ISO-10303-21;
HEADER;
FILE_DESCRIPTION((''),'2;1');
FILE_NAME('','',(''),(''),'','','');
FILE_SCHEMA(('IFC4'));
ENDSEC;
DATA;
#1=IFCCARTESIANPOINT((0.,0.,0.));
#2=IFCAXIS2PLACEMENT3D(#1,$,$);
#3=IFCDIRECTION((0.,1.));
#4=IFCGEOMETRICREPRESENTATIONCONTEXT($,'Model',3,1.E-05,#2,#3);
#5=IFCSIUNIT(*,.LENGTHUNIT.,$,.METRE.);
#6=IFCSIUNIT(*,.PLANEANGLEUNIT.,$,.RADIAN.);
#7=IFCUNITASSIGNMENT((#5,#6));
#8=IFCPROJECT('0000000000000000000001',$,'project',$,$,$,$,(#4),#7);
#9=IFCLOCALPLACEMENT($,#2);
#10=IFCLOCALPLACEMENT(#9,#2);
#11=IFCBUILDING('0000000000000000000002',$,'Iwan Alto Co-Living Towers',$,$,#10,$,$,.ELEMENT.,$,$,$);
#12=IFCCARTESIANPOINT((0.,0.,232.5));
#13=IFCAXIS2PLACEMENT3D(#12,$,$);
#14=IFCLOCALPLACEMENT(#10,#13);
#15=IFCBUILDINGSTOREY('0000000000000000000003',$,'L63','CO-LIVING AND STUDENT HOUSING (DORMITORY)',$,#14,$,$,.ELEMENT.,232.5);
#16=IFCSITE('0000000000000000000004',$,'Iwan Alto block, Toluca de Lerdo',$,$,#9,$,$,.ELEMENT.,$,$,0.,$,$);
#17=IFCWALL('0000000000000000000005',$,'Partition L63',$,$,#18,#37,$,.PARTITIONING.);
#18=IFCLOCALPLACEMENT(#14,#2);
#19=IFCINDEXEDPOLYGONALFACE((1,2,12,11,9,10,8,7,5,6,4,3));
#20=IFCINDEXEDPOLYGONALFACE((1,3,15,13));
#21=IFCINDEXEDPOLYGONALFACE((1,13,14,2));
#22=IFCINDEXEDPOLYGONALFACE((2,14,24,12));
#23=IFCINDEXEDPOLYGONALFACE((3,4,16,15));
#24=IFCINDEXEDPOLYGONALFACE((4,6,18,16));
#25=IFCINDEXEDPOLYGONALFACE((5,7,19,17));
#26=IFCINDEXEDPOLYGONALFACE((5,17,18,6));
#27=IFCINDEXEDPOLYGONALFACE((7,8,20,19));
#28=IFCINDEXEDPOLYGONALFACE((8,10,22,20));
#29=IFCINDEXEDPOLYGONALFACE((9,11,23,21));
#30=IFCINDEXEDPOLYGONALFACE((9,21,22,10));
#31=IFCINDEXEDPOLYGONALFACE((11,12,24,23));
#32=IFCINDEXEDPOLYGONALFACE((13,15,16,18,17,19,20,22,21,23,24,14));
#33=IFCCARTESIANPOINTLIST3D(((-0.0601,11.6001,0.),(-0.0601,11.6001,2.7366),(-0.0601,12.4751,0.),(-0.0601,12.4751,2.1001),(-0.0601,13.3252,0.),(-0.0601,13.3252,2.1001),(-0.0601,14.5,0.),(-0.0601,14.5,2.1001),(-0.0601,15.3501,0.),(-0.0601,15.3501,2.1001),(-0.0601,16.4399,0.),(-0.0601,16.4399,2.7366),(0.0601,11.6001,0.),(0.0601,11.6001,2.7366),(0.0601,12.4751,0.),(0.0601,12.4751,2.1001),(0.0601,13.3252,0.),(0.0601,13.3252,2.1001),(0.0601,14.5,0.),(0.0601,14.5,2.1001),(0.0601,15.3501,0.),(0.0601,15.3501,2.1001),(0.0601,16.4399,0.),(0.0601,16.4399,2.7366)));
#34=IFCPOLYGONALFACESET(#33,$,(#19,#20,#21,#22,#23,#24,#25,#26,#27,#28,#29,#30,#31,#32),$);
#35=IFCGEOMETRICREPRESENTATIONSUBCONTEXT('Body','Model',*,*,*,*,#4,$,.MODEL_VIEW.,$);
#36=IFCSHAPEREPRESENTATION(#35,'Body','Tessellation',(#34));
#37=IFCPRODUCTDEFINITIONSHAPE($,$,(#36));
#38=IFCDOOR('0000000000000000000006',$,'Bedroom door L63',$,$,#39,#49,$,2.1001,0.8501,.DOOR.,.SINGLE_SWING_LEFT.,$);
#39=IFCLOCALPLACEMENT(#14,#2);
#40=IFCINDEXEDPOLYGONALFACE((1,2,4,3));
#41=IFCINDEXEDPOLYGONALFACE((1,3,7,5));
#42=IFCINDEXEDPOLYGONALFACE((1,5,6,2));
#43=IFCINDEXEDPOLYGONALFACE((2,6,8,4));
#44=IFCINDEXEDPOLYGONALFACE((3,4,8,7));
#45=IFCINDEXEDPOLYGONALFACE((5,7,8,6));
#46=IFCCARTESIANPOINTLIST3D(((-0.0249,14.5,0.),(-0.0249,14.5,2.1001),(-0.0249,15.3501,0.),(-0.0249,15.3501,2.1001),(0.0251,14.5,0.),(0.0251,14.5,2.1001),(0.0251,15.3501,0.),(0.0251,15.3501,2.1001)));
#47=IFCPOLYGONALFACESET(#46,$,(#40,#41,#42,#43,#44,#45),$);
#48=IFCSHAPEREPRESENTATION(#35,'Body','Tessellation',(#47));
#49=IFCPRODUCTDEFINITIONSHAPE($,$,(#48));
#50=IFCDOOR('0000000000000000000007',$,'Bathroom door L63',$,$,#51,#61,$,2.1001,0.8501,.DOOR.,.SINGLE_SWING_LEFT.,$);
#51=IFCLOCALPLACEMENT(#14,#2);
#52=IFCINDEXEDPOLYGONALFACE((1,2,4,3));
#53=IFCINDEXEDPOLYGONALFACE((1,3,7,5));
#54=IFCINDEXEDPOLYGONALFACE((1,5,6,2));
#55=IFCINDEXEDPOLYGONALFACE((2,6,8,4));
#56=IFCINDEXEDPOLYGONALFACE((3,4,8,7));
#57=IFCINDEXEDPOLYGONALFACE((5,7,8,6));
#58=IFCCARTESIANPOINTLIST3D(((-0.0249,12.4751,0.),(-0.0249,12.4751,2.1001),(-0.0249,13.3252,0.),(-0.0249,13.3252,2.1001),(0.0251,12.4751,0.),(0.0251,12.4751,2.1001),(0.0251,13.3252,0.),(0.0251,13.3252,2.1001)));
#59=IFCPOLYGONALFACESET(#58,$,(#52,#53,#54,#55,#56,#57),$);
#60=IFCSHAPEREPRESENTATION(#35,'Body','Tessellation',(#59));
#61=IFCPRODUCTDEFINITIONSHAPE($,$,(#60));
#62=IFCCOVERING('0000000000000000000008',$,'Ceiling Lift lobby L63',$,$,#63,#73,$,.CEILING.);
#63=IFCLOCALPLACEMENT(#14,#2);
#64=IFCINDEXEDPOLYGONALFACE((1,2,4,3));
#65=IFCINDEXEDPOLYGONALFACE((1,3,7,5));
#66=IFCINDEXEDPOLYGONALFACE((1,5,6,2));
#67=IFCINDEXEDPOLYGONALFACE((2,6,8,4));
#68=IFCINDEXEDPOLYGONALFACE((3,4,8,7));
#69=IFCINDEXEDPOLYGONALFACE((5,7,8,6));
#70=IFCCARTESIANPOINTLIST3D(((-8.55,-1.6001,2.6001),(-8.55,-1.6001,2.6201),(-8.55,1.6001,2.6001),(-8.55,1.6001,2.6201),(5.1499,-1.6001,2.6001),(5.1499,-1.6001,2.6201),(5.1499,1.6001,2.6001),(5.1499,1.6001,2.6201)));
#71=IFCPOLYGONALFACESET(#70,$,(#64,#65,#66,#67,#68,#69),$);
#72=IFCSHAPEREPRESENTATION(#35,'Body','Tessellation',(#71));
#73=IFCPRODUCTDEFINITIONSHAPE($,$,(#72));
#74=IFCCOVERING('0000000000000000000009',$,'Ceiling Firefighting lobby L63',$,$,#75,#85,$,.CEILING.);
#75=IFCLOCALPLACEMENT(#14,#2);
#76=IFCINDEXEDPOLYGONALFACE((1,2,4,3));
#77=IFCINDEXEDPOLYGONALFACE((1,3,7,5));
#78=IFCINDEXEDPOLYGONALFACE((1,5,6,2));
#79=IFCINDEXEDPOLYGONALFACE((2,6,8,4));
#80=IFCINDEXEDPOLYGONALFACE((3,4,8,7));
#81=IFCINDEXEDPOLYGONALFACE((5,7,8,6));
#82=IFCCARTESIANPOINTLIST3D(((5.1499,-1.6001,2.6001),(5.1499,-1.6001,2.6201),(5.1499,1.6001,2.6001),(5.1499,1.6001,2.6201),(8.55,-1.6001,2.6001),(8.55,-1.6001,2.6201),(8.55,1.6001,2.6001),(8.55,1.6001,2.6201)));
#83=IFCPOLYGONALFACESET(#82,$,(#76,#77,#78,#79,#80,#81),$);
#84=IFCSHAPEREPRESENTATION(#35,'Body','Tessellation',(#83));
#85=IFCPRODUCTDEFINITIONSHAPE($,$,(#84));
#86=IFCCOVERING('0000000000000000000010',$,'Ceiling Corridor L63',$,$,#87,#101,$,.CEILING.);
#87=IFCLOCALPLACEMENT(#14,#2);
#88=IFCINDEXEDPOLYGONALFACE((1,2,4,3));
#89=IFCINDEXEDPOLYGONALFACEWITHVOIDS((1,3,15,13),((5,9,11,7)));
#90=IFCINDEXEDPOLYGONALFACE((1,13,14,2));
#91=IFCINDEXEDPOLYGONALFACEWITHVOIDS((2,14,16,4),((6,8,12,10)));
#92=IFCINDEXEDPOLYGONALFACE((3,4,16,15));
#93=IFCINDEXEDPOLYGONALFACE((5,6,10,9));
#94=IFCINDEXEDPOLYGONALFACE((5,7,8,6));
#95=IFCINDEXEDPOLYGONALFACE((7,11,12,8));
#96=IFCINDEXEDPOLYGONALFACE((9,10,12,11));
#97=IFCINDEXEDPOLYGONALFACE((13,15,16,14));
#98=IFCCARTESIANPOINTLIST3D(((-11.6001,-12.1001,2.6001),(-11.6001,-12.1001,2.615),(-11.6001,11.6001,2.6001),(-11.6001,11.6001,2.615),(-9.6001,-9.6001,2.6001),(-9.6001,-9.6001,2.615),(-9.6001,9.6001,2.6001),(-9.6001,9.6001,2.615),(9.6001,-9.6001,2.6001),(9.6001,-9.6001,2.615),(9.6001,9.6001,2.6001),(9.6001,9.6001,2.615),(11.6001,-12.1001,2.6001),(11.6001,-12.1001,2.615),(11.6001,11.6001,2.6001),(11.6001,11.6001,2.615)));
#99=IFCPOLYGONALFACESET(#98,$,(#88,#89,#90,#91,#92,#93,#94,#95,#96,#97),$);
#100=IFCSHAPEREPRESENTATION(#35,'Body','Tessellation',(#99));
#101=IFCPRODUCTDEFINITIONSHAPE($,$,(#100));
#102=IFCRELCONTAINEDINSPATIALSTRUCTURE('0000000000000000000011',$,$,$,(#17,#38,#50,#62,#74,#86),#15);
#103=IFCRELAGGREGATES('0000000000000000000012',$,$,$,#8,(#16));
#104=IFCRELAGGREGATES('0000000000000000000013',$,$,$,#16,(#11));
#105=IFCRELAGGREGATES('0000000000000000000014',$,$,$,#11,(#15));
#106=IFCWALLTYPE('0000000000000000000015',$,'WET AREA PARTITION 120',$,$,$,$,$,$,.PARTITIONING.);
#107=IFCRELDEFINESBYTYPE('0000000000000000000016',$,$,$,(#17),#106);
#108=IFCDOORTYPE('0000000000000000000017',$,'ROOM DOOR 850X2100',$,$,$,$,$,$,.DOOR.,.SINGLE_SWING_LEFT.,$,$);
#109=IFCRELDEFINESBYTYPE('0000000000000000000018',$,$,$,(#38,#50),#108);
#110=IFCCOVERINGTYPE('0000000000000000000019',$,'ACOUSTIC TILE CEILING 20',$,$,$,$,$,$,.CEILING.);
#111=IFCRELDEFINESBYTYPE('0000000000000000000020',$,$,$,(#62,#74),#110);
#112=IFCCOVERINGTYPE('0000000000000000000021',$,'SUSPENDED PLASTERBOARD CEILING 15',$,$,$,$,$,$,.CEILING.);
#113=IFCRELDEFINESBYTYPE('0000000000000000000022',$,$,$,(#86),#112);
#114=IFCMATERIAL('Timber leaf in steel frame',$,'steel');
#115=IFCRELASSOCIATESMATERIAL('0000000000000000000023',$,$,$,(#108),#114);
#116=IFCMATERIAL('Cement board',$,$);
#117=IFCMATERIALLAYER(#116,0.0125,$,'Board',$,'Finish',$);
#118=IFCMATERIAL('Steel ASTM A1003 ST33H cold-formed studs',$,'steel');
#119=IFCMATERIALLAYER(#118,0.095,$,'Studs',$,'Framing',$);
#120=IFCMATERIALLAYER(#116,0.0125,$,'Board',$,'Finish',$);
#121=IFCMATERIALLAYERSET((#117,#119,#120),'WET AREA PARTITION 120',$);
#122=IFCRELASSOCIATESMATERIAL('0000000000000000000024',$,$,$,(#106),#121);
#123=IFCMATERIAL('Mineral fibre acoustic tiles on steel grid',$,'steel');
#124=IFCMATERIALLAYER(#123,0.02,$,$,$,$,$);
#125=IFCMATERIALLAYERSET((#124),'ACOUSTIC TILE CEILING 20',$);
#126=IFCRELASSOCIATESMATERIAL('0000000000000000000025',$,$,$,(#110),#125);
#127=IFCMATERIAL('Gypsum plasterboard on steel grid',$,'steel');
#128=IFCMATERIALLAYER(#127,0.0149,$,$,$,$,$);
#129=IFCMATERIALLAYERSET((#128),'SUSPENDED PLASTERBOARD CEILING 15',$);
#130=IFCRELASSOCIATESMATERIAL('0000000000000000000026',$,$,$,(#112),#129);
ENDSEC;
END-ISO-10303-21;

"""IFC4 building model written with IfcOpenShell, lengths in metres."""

from ifc_helpers import new_model, si_unit, direction, frame, frame_2d, origin, place, context, subcontext, project, spatial, polyline, rectangle, outline, extrude, material, layer, layer_set, type_object, element, fill, save


model = new_model("IFC4")

# Units and contexts
model_context = context("Model", 3, precision=1e-05, world=origin(), true_north=direction((0.0, 1.0)))
body_context = subcontext(model_context, "Body", "Model", "MODEL_VIEW")
ifc_project = project(units=[si_unit("LENGTHUNIT", "METRE"), si_unit("PLANEANGLEUNIT", "RADIAN")], contexts=[model_context])

# Site, building, storey
site_placement = place(None, origin())
site = spatial("IfcSite", under=ifc_project, at=site_placement, Name="Iwan Alto block, Toluca de Lerdo", CompositionType="ELEMENT", RefElevation=0.0)
building_placement = place(site_placement, origin())
building = spatial("IfcBuilding", under=site, at=building_placement, Name="Iwan Alto Co-Living Towers", CompositionType="ELEMENT")
storey_placement = place(building_placement, frame((0.0, 0.0, 232.5)))
storey = spatial("IfcBuildingStorey", under=building, at=storey_placement, Name="L63", Description="CO-LIVING AND STUDENT HOUSING (DORMITORY)", CompositionType="ELEMENT", Elevation=232.5)

# Shared definitions
ifc_material_1 = material(Name="Steel ASTM A1003 ST33H cold-formed studs", Category="steel")

# Shared definitions
ifc_material_2 = material(Name="Timber leaf in steel frame", Category="steel")
door_type_1 = type_object("IfcDoorType", Name="ROOM DOOR 850X2100", OperationType="SINGLE_SWING_LEFT", PredefinedType="DOOR", material=ifc_material_2)

# Shared definitions
ifc_material_3 = material(Name="Cement board")
ifc_layer_1 = layer(ifc_material_3, 0.0125, Name="Board", Category="Finish")
ifc_layer_2 = layer(ifc_material_1, 0.095, Name="Studs", Category="Framing")
ifc_layer_3 = layer(ifc_material_3, 0.0125, Name="Board", Category="Finish")
ifc_layer_set_1 = layer_set([ifc_layer_1, ifc_layer_2, ifc_layer_3], Name="WET AREA PARTITION 120")
wall_type_1 = type_object("IfcWallType", Name="WET AREA PARTITION 120", PredefinedType="PARTITIONING", material=ifc_layer_set_1)

# Wall, openings, doors
wall_1_placement = place(storey_placement, frame((0.0, 11.6001, 0.0), z_axis=(0.0, 0.0, 1.0), x_axis=(0.0, 1.0, 0.0)))
wall_1 = element("IfcWall", 1, at=wall_1_placement, inside=storey, type_object=wall_type_1, Name="Partition L63", PredefinedType="PARTITIONING", context=body_context, shape_type="SweptSolid", body=[
    extrude(rectangle(XDim=4.8398, YDim=0.1201, at=frame_2d((2.4199, 0.0))), origin(), (0.0, 0.0, 1.0), 2.7366),
])
opening_1_placement = place(wall_1_placement, frame((2.8999, 0.0, 0.0)))
opening_1 = element("IfcOpeningElement", 2, at=opening_1_placement, cuts=wall_1, PredefinedType="OPENING", context=body_context, shape_type="SweptSolid", body=[
    extrude(rectangle(XDim=0.8501, YDim=2.1001, at=frame_2d((0.425, 1.05))), frame((0.0, 0.0701, 0.0), z_axis=(0.0, -1.0, 0.0), x_axis=(1.0, 0.0, 0.0)), (0.0, 0.0, 1.0), 0.1401),
])
opening_2_placement = place(wall_1_placement, frame((0.875, 0.0, 0.0)))
opening_2 = element("IfcOpeningElement", 3, at=opening_2_placement, cuts=wall_1, PredefinedType="OPENING", context=body_context, shape_type="SweptSolid", body=[
    extrude(rectangle(XDim=0.8501, YDim=2.1001, at=frame_2d((0.425, 1.05))), frame((0.0, 0.0701, 0.0), z_axis=(0.0, -1.0, 0.0), x_axis=(1.0, 0.0, 0.0)), (0.0, 0.0, 1.0), 0.1401),
])
door_1_placement = place(opening_1_placement, origin())
door_1 = element("IfcDoor", 4, at=door_1_placement, inside=storey, type_object=door_type_1, Name="Bedroom door L63", OperationType="SINGLE_SWING_LEFT", OverallHeight=2.1001, OverallWidth=0.8501, PredefinedType="DOOR", context=body_context, shape_type="SweptSolid", body=[
    extrude(rectangle(XDim=0.8501, YDim=2.1001, at=frame_2d((0.425, 1.05))), frame((0.0, 0.0249, 0.0), z_axis=(0.0, -1.0, 0.0), x_axis=(1.0, 0.0, 0.0)), (0.0, 0.0, 1.0), 0.05),
])
fill(opening_1, door_1)
door_2_placement = place(opening_2_placement, origin())
door_2 = element("IfcDoor", 5, at=door_2_placement, inside=storey, type_object=door_type_1, Name="Bathroom door L63", OperationType="SINGLE_SWING_LEFT", OverallHeight=2.1001, OverallWidth=0.8501, PredefinedType="DOOR", context=body_context, shape_type="SweptSolid", body=[
    extrude(rectangle(XDim=0.8501, YDim=2.1001, at=frame_2d((0.425, 1.05))), frame((0.0, 0.0249, 0.0), z_axis=(0.0, -1.0, 0.0), x_axis=(1.0, 0.0, 0.0)), (0.0, 0.0, 1.0), 0.05),
])
fill(opening_2, door_2)

# Coverings
ifc_material_4 = material(Name="Mineral fibre acoustic tiles on steel grid", Category="steel")
ifc_layer_4 = layer(ifc_material_4, 0.02)
ifc_layer_set_2 = layer_set([ifc_layer_4], Name="ACOUSTIC TILE CEILING 20")
covering_type_1 = type_object("IfcCoveringType", Name="ACOUSTIC TILE CEILING 20", PredefinedType="CEILING", material=ifc_layer_set_2)
covering_1_placement = place(storey_placement, frame((0.0, 0.0, 2.6001)))
element("IfcCovering", 6, at=covering_1_placement, inside=storey, type_object=covering_type_1, Name="Ceiling Lift lobby L63", PredefinedType="CEILING", context=body_context, shape_type="SweptSolid", body=[
    extrude(outline(polyline([(-8.55, -1.6001), (-8.55, 1.6001), (5.1499, 1.6001), (5.1499, -1.6001), (-8.55, -1.6001)])), origin(), (0.0, 0.0, 1.0), 0.02),
])
covering_2_placement = place(storey_placement, frame((0.0, 0.0, 2.6001)))
element("IfcCovering", 7, at=covering_2_placement, inside=storey, type_object=covering_type_1, Name="Ceiling Firefighting lobby L63", PredefinedType="CEILING", context=body_context, shape_type="SweptSolid", body=[
    extrude(outline(polyline([(5.1499, -1.6001), (5.1499, 1.6001), (8.55, 1.6001), (8.55, -1.6001), (5.1499, -1.6001)])), origin(), (0.0, 0.0, 1.0), 0.02),
])
ifc_material_5 = material(Name="Gypsum plasterboard on steel grid", Category="steel")
ifc_layer_5 = layer(ifc_material_5, 0.0149)
ifc_layer_set_3 = layer_set([ifc_layer_5], Name="SUSPENDED PLASTERBOARD CEILING 15")
covering_type_2 = type_object("IfcCoveringType", Name="SUSPENDED PLASTERBOARD CEILING 15", PredefinedType="CEILING", material=ifc_layer_set_3)
covering_3_placement = place(storey_placement, frame((0.0, 0.0, 2.6001)))
element("IfcCovering", 8, at=covering_3_placement, inside=storey, type_object=covering_type_2, Name="Ceiling Corridor L63", PredefinedType="CEILING", context=body_context, shape_type="SweptSolid", body=[
    extrude(outline(polyline([(-11.6001, 11.6001), (11.6001, 11.6001), (11.6001, -12.1001), (-11.6001, -12.1001), (-11.6001, 11.6001)]), holes=[polyline([(-9.6001, 9.6001), (-9.6001, -9.6001), (9.6001, -9.6001), (9.6001, 9.6001), (-9.6001, 9.6001)])]), origin(), (0.0, 0.0, 1.0), 0.0149),
])

save(model, "model.ifc")
